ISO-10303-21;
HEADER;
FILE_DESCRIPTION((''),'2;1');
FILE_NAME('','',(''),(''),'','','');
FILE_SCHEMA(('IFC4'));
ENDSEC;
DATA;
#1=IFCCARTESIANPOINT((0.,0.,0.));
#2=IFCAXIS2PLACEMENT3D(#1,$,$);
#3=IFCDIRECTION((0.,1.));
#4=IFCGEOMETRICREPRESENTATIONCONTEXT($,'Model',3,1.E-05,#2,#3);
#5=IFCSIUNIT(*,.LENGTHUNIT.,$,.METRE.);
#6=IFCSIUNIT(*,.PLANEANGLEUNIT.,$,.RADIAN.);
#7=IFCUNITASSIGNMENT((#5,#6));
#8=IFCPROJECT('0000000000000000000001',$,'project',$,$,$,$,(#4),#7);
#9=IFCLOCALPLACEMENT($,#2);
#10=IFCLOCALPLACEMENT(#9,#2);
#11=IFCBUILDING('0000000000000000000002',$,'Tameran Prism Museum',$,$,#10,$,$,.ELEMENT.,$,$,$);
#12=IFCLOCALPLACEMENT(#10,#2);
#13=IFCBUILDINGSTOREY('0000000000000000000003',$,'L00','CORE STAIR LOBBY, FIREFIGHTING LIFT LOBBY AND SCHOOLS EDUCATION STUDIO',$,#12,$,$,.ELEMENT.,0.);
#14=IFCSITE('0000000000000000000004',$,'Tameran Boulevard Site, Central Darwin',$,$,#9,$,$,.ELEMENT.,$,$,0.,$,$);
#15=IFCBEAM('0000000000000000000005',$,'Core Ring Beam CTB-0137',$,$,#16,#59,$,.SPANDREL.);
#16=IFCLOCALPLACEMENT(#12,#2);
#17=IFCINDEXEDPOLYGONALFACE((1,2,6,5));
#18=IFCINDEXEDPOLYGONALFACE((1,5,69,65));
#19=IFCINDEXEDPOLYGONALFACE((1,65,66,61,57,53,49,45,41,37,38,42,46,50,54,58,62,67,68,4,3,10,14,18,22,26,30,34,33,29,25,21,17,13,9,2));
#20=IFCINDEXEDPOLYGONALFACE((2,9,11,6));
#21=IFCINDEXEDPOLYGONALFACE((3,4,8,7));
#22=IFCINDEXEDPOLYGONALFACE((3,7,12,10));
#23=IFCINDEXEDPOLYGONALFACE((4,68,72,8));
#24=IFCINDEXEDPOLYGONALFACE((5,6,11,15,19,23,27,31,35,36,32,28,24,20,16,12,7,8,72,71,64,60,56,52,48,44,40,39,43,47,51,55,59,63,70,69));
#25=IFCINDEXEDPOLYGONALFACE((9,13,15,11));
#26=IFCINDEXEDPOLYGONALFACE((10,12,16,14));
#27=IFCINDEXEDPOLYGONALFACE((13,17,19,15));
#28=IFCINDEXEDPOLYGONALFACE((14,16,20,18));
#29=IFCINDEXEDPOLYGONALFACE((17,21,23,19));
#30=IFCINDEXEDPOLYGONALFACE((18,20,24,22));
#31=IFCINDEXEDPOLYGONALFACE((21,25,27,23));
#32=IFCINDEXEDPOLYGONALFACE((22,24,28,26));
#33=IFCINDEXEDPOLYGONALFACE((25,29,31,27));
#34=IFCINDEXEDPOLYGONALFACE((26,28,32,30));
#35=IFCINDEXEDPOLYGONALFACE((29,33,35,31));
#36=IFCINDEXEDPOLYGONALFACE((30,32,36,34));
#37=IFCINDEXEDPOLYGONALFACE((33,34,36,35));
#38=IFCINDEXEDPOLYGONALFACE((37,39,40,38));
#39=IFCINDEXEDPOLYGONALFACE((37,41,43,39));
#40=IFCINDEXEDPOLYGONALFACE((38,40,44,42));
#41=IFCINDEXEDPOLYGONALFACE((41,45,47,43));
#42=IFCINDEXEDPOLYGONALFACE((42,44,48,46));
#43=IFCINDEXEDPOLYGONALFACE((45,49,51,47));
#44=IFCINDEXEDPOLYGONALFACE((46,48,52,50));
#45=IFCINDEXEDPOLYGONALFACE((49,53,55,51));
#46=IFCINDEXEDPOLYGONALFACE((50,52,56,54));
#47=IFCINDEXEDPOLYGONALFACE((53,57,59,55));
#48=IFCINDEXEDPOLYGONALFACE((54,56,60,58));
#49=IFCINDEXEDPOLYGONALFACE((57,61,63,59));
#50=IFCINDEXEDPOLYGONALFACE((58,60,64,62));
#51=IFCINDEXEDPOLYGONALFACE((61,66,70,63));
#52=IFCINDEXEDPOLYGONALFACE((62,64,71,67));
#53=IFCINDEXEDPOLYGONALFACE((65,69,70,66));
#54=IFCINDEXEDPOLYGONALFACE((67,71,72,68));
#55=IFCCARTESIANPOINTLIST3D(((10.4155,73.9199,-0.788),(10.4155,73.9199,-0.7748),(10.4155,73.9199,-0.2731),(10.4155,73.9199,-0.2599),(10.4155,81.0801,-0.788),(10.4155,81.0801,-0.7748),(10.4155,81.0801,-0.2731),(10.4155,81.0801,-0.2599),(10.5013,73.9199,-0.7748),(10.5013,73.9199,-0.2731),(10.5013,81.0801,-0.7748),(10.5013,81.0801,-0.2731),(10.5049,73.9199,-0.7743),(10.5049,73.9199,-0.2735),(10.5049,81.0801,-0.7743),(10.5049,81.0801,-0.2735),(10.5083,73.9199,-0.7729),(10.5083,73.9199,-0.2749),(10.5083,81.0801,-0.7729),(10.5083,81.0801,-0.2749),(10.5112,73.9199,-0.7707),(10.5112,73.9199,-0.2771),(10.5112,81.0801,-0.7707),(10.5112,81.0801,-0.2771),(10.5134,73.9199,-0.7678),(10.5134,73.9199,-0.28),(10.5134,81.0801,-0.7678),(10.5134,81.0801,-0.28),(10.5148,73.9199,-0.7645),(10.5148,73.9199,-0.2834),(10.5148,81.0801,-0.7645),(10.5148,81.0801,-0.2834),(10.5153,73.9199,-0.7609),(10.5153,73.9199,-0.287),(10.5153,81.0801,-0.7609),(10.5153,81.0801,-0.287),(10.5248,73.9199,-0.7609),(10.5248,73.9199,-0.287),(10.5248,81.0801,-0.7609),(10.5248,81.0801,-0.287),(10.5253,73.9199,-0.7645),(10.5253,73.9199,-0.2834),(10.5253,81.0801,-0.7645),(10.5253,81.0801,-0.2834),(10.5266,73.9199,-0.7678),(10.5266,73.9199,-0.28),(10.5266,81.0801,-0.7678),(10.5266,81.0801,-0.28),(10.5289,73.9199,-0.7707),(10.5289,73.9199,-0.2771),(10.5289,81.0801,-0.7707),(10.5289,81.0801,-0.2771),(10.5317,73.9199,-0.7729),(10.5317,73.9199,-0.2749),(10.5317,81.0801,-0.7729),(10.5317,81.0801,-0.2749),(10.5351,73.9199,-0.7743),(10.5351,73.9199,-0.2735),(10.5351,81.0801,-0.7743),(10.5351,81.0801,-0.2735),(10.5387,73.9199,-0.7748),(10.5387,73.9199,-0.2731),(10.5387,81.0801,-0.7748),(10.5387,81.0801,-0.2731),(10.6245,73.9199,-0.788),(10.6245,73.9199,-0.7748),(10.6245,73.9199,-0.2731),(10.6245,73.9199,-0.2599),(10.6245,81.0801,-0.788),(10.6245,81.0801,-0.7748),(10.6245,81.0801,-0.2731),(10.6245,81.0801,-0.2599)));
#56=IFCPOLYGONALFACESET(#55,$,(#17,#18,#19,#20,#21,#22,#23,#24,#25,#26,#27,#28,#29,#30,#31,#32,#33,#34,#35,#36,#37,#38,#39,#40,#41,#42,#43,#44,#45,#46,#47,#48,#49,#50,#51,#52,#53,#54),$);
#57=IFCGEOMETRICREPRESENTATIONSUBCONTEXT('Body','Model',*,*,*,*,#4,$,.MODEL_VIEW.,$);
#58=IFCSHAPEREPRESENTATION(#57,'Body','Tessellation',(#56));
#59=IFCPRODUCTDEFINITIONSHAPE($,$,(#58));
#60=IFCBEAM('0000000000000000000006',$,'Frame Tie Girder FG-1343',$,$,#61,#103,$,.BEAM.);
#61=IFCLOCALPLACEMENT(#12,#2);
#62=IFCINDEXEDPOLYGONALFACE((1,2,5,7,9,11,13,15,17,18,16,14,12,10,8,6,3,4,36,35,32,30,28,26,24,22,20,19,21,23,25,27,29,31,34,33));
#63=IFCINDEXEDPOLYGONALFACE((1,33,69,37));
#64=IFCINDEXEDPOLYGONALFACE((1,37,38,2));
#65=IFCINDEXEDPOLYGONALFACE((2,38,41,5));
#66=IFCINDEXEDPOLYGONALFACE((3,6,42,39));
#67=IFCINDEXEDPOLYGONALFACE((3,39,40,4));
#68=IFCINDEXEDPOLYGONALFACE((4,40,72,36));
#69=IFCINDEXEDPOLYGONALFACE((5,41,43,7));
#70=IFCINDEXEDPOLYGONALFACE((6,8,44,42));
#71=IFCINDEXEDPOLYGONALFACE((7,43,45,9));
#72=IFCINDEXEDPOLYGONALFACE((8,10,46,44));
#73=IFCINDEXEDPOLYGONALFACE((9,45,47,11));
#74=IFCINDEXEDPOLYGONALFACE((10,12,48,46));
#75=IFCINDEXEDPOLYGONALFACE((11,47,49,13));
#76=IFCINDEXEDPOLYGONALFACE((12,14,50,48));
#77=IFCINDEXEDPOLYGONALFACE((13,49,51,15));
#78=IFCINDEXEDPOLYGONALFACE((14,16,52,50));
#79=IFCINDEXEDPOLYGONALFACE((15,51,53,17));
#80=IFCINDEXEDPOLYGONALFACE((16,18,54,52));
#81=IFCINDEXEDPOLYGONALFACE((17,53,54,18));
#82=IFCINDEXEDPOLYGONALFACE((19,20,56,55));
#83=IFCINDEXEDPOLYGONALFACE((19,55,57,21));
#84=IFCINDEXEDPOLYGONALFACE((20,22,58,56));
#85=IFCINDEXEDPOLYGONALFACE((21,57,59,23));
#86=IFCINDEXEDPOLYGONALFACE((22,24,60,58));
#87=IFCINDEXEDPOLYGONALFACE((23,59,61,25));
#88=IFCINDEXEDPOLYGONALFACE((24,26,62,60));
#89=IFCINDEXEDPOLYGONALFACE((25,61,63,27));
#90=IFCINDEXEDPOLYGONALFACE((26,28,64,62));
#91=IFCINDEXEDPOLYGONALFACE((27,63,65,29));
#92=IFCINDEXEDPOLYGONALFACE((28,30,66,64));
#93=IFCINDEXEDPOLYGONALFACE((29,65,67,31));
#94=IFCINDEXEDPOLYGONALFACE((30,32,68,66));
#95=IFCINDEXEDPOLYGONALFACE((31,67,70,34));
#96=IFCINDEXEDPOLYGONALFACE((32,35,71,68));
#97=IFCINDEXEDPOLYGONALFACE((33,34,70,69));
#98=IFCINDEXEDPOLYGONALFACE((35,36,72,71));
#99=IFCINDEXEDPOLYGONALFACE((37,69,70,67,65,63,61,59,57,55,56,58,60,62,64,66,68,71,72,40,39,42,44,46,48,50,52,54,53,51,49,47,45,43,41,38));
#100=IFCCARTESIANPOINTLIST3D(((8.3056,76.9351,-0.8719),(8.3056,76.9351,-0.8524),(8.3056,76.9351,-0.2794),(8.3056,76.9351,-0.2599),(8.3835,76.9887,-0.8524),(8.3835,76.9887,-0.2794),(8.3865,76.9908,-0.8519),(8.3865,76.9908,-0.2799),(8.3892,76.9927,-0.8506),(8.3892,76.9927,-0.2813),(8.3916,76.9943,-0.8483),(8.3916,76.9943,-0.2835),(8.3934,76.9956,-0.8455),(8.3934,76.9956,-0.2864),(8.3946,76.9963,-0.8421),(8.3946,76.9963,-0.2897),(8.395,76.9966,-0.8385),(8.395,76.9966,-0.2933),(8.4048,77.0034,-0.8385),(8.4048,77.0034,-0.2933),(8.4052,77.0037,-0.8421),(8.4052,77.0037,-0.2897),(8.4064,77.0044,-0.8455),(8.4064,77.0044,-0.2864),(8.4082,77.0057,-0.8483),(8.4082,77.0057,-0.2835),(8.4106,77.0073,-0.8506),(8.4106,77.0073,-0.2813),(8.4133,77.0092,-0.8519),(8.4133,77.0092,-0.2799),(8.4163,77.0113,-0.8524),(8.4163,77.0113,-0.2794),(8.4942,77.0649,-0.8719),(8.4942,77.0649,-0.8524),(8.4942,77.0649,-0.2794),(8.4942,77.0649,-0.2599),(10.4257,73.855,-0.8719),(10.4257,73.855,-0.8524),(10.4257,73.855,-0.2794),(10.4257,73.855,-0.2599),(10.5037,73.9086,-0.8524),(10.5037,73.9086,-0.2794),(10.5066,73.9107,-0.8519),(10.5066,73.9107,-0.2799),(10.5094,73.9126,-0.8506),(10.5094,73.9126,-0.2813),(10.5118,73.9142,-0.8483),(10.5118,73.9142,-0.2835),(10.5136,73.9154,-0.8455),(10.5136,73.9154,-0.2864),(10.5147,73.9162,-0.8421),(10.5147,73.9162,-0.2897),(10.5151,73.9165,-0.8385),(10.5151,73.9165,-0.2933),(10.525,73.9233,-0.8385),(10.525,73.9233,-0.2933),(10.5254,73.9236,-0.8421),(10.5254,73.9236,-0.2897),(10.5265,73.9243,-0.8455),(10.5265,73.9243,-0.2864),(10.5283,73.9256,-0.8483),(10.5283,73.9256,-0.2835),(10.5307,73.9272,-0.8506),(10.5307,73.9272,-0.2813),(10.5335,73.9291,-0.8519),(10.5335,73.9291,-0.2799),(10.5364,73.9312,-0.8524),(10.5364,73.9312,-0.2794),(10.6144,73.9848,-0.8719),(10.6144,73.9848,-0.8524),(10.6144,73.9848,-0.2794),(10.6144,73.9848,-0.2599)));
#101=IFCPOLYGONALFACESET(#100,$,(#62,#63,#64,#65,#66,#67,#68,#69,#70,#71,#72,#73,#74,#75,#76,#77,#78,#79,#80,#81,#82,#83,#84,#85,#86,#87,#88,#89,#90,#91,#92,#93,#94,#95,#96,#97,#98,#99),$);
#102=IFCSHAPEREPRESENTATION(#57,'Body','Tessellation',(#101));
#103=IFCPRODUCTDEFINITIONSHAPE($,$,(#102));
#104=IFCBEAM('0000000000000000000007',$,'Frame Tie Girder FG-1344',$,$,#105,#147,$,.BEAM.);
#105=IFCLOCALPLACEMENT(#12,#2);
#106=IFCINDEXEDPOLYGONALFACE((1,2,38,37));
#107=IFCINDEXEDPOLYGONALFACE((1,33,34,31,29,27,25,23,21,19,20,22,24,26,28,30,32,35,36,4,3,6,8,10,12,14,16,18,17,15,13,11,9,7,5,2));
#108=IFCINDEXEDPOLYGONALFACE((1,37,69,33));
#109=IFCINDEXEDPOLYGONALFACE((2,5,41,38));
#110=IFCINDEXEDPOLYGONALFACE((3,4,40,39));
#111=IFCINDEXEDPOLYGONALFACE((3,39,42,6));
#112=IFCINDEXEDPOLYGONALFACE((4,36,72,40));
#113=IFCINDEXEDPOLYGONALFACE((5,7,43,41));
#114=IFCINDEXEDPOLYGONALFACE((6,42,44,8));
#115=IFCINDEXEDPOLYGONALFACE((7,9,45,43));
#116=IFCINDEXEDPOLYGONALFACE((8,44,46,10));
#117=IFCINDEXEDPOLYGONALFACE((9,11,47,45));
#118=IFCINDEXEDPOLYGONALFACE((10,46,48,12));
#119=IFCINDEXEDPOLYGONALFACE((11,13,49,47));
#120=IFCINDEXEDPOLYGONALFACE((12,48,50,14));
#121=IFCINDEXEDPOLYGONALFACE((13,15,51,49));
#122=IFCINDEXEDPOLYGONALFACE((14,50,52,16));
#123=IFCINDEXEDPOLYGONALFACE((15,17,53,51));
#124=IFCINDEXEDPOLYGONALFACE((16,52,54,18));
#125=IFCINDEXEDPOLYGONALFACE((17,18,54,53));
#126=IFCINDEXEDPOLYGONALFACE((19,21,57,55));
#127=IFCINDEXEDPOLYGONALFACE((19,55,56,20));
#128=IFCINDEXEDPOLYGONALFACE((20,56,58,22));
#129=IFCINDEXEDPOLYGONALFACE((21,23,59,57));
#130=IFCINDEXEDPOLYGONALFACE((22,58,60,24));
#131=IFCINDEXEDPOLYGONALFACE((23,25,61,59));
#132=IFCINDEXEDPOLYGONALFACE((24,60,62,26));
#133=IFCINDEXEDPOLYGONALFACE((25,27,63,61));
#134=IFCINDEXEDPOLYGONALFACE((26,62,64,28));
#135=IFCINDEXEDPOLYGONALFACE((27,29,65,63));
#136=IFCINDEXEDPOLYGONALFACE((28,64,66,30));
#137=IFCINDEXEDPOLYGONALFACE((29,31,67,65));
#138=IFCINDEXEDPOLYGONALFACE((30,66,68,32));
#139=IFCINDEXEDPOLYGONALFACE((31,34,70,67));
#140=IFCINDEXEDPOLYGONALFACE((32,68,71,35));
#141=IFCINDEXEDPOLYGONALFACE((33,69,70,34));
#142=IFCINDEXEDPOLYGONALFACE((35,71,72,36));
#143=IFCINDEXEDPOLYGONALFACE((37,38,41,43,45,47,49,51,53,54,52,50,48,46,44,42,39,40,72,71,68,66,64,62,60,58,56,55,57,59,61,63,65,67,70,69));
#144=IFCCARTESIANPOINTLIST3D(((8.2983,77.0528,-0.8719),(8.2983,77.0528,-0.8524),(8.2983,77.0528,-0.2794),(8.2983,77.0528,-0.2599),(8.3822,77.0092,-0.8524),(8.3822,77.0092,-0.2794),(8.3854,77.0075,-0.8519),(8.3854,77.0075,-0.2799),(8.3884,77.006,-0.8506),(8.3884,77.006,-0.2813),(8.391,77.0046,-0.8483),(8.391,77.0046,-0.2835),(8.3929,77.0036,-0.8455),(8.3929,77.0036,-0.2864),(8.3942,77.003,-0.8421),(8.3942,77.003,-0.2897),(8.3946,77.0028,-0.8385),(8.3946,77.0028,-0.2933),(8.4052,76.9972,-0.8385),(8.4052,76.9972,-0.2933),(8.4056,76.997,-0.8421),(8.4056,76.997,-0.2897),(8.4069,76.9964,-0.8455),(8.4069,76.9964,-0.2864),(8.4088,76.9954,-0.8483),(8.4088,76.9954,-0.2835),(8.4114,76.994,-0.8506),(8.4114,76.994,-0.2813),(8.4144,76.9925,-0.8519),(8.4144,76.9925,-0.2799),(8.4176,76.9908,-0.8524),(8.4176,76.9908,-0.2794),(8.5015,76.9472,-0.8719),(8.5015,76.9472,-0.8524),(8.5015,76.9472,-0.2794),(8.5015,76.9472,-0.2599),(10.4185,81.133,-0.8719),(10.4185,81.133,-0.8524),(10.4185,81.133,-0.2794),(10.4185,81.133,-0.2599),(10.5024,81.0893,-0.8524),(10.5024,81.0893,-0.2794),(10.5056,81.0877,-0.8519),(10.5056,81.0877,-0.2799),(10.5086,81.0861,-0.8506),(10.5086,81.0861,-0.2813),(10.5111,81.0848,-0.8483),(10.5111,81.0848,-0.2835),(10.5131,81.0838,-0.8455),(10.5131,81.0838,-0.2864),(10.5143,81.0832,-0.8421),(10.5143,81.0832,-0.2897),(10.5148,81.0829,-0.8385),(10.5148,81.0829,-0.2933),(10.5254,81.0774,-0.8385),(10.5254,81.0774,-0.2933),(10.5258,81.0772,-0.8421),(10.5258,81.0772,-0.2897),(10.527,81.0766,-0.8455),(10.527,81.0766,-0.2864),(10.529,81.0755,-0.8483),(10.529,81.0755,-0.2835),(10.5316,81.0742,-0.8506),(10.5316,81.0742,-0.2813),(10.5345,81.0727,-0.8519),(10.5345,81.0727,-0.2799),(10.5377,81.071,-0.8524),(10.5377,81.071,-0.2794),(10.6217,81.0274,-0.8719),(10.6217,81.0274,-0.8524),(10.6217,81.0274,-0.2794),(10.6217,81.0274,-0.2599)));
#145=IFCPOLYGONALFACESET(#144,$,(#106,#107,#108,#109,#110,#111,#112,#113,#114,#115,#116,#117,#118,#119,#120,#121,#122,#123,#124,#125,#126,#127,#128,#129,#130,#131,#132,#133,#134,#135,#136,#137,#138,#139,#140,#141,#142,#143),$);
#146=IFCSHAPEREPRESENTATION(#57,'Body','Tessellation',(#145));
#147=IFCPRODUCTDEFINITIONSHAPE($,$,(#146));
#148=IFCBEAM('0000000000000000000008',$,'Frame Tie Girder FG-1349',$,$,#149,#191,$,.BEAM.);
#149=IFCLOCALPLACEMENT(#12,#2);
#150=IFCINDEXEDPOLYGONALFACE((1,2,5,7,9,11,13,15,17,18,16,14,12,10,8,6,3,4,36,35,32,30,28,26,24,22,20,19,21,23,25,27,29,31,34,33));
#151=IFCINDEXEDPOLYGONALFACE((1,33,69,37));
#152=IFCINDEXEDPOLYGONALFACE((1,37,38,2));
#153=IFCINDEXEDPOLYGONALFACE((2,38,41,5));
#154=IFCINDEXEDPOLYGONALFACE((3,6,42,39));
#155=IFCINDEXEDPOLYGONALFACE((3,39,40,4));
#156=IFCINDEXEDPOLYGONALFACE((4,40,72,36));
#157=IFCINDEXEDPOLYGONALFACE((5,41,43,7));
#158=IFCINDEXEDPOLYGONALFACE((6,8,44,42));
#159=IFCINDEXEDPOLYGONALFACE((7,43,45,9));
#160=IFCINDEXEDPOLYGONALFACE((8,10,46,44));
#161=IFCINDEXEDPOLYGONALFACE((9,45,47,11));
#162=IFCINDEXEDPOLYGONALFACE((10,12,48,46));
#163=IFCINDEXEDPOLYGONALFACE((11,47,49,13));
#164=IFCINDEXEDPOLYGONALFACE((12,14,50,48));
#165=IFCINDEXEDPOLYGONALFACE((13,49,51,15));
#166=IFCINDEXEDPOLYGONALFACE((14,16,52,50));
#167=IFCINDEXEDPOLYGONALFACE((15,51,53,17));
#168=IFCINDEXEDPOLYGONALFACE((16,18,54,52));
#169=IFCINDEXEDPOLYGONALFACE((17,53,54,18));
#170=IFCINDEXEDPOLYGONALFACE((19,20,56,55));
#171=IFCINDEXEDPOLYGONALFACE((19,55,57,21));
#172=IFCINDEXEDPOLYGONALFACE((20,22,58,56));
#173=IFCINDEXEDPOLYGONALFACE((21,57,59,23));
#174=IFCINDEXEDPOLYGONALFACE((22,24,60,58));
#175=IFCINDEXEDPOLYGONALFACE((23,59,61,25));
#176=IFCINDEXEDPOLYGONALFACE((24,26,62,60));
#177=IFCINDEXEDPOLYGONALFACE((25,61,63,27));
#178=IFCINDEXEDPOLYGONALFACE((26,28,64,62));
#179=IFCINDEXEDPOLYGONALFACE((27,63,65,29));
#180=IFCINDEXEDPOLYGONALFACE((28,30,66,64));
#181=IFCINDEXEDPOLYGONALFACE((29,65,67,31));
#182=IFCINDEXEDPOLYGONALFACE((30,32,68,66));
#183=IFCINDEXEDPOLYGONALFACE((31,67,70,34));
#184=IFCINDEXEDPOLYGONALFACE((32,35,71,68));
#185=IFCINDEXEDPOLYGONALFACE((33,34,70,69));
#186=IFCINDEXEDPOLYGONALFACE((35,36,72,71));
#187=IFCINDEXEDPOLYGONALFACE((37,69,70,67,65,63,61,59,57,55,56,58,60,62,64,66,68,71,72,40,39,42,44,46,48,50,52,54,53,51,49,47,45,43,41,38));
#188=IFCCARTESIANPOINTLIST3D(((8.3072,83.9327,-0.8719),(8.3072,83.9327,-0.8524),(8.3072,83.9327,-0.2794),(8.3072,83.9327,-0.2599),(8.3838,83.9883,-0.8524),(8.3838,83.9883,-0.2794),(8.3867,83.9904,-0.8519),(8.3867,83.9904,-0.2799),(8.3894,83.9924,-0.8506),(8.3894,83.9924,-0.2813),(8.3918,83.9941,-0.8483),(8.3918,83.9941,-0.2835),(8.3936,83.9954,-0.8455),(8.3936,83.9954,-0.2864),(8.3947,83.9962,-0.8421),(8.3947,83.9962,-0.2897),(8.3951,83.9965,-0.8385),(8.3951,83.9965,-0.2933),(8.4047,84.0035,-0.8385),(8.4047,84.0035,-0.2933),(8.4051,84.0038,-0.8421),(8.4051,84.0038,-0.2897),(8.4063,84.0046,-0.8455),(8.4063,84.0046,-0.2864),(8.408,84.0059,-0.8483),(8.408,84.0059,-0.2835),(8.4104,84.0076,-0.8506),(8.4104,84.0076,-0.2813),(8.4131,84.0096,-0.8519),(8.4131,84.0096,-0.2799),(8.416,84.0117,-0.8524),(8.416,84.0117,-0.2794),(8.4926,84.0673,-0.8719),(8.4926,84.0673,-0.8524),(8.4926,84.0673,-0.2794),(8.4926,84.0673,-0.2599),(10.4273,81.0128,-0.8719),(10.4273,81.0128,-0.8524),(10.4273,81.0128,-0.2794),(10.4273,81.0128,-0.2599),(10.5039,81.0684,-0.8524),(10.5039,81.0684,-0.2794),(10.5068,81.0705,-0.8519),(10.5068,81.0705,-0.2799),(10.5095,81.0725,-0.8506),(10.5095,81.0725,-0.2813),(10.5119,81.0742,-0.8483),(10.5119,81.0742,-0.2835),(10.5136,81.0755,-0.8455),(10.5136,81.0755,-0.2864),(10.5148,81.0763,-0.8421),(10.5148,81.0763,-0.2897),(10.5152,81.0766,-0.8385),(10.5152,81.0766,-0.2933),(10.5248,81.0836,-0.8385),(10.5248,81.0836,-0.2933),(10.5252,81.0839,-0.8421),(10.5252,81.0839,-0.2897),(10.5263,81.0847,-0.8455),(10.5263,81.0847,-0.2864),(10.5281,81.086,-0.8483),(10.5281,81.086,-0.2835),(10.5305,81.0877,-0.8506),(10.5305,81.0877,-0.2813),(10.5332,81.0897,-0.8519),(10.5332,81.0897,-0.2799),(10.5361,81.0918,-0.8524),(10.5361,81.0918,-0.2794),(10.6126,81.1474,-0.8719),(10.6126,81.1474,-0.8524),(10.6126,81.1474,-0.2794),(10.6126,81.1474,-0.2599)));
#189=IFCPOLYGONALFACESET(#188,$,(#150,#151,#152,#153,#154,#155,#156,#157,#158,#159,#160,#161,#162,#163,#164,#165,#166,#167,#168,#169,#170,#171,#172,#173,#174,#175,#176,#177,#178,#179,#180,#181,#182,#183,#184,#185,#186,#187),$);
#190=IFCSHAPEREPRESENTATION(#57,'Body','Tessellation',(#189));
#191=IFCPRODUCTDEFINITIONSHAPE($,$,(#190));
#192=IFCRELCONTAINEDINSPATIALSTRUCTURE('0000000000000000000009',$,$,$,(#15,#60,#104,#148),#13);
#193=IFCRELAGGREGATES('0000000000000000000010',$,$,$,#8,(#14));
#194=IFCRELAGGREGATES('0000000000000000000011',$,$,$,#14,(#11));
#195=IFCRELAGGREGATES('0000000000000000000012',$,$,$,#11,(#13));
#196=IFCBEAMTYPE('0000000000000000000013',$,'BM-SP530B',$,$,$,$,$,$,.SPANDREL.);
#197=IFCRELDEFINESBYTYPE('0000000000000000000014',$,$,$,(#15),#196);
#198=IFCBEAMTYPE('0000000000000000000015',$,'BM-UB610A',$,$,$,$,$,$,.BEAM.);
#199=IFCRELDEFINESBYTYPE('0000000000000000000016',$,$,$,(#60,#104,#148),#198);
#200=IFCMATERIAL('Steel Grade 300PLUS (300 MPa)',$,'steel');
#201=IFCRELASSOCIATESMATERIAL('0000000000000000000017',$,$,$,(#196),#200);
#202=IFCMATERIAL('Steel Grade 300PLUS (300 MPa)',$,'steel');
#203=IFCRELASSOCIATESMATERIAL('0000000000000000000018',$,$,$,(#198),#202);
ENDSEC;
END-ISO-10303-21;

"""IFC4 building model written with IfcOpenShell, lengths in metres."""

from ifc_helpers import new_model, si_unit, direction, frame, origin, origin_2d, place, context, subcontext, project, spatial, i_section, extrude, material, material_profile, profile_set, type_object, element, save


model = new_model("IFC4")

# Units and contexts
model_context = context("Model", 3, precision=1e-05, world=origin(), true_north=direction((0.0, 1.0)))
body_context = subcontext(model_context, "Body", "Model", "MODEL_VIEW")
ifc_project = project(units=[si_unit("LENGTHUNIT", "METRE"), si_unit("PLANEANGLEUNIT", "RADIAN")], contexts=[model_context])

# Site, building, storey
site_placement = place(None, origin())
site = spatial("IfcSite", under=ifc_project, at=site_placement, Name="Tameran Boulevard Site, Central Darwin", CompositionType="ELEMENT", RefElevation=0.0)
building_placement = place(site_placement, origin())
building = spatial("IfcBuilding", under=site, at=building_placement, Name="Tameran Prism Museum", CompositionType="ELEMENT")
storey_placement = place(building_placement, origin())
storey = spatial("IfcBuildingStorey", under=building, at=storey_placement, Name="L00", Description="CORE STAIR LOBBY, FIREFIGHTING LIFT LOBBY AND SCHOOLS EDUCATION STUDIO", CompositionType="ELEMENT", Elevation=0.0)

# Beams
ifc_material_1 = material(Name="Steel Grade 300PLUS (300 MPa)", Category="steel")
ifc_material_profile_1 = material_profile(ifc_material_1, i_section(OverallWidth=0.209, OverallDepth=0.5281, WebThickness=0.0095, FlangeThickness=0.0132, FilletRadius=0.0139, at=origin_2d()))
ifc_profile_set_1 = profile_set([ifc_material_profile_1])
beam_type_1 = type_object("IfcBeamType", Name="BM-SP530B", PredefinedType="SPANDREL", material=ifc_profile_set_1)
beam_1_placement = place(storey_placement, frame((10.52, 81.0801, -0.5239), z_axis=(0.0, -1.0, 0.0), x_axis=(1.0, 0.0, 0.0)))
element("IfcBeam", 1, at=beam_1_placement, inside=storey, type_object=beam_type_1, Name="Core Ring Beam CTB-0137", PredefinedType="SPANDREL", context=body_context, shape_type="SweptSolid", body=[
    extrude(i_section(OverallWidth=0.209, OverallDepth=0.5281, WebThickness=0.0095, FlangeThickness=0.0132, FilletRadius=0.0139, at=origin_2d()), origin(), (0.0, 0.0, 1.0), 7.1602),
])
ifc_material_2 = material(Name="Steel Grade 300PLUS (300 MPa)", Category="steel")
ifc_material_profile_2 = material_profile(ifc_material_2, i_section(OverallWidth=0.229, OverallDepth=0.6121, WebThickness=0.012, FlangeThickness=0.0195, FilletRadius=0.0139, at=origin_2d()))
ifc_profile_set_2 = profile_set([ifc_material_profile_2])
beam_type_2 = type_object("IfcBeamType", Name="BM-UB610A", PredefinedType="BEAM", material=ifc_profile_set_2)
beam_2_placement = place(storey_placement, frame((8.3999, 77.0, -0.5659), z_axis=(0.566994, -0.823722, 0.0), x_axis=(0.823722, 0.566994, 0.0)))
element("IfcBeam", 2, at=beam_2_placement, inside=storey, type_object=beam_type_2, Name="Frame Tie Girder FG-1343", PredefinedType="BEAM", context=body_context, shape_type="SweptSolid", body=[
    extrude(i_section(OverallWidth=0.229, OverallDepth=0.6121, WebThickness=0.012, FlangeThickness=0.0195, FilletRadius=0.0139, at=origin_2d()), origin(), (0.0, 0.0, 1.0), 3.7393),
])
beam_3_placement = place(storey_placement, frame((8.3999, 77.0, -0.5659), z_axis=(0.461092, 0.887352, 0.0), x_axis=(-0.887352, 0.461092, 0.0)))
element("IfcBeam", 3, at=beam_3_placement, inside=storey, type_object=beam_type_2, Name="Frame Tie Girder FG-1344", PredefinedType="BEAM", context=body_context, shape_type="SweptSolid", body=[
    extrude(i_section(OverallWidth=0.229, OverallDepth=0.6121, WebThickness=0.012, FlangeThickness=0.0195, FilletRadius=0.0139, at=origin_2d()), origin(), (0.0, 0.0, 1.0), 4.5981),
])
beam_4_placement = place(storey_placement, frame((8.3999, 84.0, -0.5659), z_axis=(0.587544, -0.809192, 0.0), x_axis=(0.809192, 0.587544, 0.0)))
element("IfcBeam", 4, at=beam_4_placement, inside=storey, type_object=beam_type_2, Name="Frame Tie Girder FG-1349", PredefinedType="BEAM", context=body_context, shape_type="SweptSolid", body=[
    extrude(i_section(OverallWidth=0.229, OverallDepth=0.6121, WebThickness=0.012, FlangeThickness=0.0195, FilletRadius=0.0139, at=origin_2d()), origin(), (0.0, 0.0, 1.0), 3.6084),
])

save(model, "model.ifc")
